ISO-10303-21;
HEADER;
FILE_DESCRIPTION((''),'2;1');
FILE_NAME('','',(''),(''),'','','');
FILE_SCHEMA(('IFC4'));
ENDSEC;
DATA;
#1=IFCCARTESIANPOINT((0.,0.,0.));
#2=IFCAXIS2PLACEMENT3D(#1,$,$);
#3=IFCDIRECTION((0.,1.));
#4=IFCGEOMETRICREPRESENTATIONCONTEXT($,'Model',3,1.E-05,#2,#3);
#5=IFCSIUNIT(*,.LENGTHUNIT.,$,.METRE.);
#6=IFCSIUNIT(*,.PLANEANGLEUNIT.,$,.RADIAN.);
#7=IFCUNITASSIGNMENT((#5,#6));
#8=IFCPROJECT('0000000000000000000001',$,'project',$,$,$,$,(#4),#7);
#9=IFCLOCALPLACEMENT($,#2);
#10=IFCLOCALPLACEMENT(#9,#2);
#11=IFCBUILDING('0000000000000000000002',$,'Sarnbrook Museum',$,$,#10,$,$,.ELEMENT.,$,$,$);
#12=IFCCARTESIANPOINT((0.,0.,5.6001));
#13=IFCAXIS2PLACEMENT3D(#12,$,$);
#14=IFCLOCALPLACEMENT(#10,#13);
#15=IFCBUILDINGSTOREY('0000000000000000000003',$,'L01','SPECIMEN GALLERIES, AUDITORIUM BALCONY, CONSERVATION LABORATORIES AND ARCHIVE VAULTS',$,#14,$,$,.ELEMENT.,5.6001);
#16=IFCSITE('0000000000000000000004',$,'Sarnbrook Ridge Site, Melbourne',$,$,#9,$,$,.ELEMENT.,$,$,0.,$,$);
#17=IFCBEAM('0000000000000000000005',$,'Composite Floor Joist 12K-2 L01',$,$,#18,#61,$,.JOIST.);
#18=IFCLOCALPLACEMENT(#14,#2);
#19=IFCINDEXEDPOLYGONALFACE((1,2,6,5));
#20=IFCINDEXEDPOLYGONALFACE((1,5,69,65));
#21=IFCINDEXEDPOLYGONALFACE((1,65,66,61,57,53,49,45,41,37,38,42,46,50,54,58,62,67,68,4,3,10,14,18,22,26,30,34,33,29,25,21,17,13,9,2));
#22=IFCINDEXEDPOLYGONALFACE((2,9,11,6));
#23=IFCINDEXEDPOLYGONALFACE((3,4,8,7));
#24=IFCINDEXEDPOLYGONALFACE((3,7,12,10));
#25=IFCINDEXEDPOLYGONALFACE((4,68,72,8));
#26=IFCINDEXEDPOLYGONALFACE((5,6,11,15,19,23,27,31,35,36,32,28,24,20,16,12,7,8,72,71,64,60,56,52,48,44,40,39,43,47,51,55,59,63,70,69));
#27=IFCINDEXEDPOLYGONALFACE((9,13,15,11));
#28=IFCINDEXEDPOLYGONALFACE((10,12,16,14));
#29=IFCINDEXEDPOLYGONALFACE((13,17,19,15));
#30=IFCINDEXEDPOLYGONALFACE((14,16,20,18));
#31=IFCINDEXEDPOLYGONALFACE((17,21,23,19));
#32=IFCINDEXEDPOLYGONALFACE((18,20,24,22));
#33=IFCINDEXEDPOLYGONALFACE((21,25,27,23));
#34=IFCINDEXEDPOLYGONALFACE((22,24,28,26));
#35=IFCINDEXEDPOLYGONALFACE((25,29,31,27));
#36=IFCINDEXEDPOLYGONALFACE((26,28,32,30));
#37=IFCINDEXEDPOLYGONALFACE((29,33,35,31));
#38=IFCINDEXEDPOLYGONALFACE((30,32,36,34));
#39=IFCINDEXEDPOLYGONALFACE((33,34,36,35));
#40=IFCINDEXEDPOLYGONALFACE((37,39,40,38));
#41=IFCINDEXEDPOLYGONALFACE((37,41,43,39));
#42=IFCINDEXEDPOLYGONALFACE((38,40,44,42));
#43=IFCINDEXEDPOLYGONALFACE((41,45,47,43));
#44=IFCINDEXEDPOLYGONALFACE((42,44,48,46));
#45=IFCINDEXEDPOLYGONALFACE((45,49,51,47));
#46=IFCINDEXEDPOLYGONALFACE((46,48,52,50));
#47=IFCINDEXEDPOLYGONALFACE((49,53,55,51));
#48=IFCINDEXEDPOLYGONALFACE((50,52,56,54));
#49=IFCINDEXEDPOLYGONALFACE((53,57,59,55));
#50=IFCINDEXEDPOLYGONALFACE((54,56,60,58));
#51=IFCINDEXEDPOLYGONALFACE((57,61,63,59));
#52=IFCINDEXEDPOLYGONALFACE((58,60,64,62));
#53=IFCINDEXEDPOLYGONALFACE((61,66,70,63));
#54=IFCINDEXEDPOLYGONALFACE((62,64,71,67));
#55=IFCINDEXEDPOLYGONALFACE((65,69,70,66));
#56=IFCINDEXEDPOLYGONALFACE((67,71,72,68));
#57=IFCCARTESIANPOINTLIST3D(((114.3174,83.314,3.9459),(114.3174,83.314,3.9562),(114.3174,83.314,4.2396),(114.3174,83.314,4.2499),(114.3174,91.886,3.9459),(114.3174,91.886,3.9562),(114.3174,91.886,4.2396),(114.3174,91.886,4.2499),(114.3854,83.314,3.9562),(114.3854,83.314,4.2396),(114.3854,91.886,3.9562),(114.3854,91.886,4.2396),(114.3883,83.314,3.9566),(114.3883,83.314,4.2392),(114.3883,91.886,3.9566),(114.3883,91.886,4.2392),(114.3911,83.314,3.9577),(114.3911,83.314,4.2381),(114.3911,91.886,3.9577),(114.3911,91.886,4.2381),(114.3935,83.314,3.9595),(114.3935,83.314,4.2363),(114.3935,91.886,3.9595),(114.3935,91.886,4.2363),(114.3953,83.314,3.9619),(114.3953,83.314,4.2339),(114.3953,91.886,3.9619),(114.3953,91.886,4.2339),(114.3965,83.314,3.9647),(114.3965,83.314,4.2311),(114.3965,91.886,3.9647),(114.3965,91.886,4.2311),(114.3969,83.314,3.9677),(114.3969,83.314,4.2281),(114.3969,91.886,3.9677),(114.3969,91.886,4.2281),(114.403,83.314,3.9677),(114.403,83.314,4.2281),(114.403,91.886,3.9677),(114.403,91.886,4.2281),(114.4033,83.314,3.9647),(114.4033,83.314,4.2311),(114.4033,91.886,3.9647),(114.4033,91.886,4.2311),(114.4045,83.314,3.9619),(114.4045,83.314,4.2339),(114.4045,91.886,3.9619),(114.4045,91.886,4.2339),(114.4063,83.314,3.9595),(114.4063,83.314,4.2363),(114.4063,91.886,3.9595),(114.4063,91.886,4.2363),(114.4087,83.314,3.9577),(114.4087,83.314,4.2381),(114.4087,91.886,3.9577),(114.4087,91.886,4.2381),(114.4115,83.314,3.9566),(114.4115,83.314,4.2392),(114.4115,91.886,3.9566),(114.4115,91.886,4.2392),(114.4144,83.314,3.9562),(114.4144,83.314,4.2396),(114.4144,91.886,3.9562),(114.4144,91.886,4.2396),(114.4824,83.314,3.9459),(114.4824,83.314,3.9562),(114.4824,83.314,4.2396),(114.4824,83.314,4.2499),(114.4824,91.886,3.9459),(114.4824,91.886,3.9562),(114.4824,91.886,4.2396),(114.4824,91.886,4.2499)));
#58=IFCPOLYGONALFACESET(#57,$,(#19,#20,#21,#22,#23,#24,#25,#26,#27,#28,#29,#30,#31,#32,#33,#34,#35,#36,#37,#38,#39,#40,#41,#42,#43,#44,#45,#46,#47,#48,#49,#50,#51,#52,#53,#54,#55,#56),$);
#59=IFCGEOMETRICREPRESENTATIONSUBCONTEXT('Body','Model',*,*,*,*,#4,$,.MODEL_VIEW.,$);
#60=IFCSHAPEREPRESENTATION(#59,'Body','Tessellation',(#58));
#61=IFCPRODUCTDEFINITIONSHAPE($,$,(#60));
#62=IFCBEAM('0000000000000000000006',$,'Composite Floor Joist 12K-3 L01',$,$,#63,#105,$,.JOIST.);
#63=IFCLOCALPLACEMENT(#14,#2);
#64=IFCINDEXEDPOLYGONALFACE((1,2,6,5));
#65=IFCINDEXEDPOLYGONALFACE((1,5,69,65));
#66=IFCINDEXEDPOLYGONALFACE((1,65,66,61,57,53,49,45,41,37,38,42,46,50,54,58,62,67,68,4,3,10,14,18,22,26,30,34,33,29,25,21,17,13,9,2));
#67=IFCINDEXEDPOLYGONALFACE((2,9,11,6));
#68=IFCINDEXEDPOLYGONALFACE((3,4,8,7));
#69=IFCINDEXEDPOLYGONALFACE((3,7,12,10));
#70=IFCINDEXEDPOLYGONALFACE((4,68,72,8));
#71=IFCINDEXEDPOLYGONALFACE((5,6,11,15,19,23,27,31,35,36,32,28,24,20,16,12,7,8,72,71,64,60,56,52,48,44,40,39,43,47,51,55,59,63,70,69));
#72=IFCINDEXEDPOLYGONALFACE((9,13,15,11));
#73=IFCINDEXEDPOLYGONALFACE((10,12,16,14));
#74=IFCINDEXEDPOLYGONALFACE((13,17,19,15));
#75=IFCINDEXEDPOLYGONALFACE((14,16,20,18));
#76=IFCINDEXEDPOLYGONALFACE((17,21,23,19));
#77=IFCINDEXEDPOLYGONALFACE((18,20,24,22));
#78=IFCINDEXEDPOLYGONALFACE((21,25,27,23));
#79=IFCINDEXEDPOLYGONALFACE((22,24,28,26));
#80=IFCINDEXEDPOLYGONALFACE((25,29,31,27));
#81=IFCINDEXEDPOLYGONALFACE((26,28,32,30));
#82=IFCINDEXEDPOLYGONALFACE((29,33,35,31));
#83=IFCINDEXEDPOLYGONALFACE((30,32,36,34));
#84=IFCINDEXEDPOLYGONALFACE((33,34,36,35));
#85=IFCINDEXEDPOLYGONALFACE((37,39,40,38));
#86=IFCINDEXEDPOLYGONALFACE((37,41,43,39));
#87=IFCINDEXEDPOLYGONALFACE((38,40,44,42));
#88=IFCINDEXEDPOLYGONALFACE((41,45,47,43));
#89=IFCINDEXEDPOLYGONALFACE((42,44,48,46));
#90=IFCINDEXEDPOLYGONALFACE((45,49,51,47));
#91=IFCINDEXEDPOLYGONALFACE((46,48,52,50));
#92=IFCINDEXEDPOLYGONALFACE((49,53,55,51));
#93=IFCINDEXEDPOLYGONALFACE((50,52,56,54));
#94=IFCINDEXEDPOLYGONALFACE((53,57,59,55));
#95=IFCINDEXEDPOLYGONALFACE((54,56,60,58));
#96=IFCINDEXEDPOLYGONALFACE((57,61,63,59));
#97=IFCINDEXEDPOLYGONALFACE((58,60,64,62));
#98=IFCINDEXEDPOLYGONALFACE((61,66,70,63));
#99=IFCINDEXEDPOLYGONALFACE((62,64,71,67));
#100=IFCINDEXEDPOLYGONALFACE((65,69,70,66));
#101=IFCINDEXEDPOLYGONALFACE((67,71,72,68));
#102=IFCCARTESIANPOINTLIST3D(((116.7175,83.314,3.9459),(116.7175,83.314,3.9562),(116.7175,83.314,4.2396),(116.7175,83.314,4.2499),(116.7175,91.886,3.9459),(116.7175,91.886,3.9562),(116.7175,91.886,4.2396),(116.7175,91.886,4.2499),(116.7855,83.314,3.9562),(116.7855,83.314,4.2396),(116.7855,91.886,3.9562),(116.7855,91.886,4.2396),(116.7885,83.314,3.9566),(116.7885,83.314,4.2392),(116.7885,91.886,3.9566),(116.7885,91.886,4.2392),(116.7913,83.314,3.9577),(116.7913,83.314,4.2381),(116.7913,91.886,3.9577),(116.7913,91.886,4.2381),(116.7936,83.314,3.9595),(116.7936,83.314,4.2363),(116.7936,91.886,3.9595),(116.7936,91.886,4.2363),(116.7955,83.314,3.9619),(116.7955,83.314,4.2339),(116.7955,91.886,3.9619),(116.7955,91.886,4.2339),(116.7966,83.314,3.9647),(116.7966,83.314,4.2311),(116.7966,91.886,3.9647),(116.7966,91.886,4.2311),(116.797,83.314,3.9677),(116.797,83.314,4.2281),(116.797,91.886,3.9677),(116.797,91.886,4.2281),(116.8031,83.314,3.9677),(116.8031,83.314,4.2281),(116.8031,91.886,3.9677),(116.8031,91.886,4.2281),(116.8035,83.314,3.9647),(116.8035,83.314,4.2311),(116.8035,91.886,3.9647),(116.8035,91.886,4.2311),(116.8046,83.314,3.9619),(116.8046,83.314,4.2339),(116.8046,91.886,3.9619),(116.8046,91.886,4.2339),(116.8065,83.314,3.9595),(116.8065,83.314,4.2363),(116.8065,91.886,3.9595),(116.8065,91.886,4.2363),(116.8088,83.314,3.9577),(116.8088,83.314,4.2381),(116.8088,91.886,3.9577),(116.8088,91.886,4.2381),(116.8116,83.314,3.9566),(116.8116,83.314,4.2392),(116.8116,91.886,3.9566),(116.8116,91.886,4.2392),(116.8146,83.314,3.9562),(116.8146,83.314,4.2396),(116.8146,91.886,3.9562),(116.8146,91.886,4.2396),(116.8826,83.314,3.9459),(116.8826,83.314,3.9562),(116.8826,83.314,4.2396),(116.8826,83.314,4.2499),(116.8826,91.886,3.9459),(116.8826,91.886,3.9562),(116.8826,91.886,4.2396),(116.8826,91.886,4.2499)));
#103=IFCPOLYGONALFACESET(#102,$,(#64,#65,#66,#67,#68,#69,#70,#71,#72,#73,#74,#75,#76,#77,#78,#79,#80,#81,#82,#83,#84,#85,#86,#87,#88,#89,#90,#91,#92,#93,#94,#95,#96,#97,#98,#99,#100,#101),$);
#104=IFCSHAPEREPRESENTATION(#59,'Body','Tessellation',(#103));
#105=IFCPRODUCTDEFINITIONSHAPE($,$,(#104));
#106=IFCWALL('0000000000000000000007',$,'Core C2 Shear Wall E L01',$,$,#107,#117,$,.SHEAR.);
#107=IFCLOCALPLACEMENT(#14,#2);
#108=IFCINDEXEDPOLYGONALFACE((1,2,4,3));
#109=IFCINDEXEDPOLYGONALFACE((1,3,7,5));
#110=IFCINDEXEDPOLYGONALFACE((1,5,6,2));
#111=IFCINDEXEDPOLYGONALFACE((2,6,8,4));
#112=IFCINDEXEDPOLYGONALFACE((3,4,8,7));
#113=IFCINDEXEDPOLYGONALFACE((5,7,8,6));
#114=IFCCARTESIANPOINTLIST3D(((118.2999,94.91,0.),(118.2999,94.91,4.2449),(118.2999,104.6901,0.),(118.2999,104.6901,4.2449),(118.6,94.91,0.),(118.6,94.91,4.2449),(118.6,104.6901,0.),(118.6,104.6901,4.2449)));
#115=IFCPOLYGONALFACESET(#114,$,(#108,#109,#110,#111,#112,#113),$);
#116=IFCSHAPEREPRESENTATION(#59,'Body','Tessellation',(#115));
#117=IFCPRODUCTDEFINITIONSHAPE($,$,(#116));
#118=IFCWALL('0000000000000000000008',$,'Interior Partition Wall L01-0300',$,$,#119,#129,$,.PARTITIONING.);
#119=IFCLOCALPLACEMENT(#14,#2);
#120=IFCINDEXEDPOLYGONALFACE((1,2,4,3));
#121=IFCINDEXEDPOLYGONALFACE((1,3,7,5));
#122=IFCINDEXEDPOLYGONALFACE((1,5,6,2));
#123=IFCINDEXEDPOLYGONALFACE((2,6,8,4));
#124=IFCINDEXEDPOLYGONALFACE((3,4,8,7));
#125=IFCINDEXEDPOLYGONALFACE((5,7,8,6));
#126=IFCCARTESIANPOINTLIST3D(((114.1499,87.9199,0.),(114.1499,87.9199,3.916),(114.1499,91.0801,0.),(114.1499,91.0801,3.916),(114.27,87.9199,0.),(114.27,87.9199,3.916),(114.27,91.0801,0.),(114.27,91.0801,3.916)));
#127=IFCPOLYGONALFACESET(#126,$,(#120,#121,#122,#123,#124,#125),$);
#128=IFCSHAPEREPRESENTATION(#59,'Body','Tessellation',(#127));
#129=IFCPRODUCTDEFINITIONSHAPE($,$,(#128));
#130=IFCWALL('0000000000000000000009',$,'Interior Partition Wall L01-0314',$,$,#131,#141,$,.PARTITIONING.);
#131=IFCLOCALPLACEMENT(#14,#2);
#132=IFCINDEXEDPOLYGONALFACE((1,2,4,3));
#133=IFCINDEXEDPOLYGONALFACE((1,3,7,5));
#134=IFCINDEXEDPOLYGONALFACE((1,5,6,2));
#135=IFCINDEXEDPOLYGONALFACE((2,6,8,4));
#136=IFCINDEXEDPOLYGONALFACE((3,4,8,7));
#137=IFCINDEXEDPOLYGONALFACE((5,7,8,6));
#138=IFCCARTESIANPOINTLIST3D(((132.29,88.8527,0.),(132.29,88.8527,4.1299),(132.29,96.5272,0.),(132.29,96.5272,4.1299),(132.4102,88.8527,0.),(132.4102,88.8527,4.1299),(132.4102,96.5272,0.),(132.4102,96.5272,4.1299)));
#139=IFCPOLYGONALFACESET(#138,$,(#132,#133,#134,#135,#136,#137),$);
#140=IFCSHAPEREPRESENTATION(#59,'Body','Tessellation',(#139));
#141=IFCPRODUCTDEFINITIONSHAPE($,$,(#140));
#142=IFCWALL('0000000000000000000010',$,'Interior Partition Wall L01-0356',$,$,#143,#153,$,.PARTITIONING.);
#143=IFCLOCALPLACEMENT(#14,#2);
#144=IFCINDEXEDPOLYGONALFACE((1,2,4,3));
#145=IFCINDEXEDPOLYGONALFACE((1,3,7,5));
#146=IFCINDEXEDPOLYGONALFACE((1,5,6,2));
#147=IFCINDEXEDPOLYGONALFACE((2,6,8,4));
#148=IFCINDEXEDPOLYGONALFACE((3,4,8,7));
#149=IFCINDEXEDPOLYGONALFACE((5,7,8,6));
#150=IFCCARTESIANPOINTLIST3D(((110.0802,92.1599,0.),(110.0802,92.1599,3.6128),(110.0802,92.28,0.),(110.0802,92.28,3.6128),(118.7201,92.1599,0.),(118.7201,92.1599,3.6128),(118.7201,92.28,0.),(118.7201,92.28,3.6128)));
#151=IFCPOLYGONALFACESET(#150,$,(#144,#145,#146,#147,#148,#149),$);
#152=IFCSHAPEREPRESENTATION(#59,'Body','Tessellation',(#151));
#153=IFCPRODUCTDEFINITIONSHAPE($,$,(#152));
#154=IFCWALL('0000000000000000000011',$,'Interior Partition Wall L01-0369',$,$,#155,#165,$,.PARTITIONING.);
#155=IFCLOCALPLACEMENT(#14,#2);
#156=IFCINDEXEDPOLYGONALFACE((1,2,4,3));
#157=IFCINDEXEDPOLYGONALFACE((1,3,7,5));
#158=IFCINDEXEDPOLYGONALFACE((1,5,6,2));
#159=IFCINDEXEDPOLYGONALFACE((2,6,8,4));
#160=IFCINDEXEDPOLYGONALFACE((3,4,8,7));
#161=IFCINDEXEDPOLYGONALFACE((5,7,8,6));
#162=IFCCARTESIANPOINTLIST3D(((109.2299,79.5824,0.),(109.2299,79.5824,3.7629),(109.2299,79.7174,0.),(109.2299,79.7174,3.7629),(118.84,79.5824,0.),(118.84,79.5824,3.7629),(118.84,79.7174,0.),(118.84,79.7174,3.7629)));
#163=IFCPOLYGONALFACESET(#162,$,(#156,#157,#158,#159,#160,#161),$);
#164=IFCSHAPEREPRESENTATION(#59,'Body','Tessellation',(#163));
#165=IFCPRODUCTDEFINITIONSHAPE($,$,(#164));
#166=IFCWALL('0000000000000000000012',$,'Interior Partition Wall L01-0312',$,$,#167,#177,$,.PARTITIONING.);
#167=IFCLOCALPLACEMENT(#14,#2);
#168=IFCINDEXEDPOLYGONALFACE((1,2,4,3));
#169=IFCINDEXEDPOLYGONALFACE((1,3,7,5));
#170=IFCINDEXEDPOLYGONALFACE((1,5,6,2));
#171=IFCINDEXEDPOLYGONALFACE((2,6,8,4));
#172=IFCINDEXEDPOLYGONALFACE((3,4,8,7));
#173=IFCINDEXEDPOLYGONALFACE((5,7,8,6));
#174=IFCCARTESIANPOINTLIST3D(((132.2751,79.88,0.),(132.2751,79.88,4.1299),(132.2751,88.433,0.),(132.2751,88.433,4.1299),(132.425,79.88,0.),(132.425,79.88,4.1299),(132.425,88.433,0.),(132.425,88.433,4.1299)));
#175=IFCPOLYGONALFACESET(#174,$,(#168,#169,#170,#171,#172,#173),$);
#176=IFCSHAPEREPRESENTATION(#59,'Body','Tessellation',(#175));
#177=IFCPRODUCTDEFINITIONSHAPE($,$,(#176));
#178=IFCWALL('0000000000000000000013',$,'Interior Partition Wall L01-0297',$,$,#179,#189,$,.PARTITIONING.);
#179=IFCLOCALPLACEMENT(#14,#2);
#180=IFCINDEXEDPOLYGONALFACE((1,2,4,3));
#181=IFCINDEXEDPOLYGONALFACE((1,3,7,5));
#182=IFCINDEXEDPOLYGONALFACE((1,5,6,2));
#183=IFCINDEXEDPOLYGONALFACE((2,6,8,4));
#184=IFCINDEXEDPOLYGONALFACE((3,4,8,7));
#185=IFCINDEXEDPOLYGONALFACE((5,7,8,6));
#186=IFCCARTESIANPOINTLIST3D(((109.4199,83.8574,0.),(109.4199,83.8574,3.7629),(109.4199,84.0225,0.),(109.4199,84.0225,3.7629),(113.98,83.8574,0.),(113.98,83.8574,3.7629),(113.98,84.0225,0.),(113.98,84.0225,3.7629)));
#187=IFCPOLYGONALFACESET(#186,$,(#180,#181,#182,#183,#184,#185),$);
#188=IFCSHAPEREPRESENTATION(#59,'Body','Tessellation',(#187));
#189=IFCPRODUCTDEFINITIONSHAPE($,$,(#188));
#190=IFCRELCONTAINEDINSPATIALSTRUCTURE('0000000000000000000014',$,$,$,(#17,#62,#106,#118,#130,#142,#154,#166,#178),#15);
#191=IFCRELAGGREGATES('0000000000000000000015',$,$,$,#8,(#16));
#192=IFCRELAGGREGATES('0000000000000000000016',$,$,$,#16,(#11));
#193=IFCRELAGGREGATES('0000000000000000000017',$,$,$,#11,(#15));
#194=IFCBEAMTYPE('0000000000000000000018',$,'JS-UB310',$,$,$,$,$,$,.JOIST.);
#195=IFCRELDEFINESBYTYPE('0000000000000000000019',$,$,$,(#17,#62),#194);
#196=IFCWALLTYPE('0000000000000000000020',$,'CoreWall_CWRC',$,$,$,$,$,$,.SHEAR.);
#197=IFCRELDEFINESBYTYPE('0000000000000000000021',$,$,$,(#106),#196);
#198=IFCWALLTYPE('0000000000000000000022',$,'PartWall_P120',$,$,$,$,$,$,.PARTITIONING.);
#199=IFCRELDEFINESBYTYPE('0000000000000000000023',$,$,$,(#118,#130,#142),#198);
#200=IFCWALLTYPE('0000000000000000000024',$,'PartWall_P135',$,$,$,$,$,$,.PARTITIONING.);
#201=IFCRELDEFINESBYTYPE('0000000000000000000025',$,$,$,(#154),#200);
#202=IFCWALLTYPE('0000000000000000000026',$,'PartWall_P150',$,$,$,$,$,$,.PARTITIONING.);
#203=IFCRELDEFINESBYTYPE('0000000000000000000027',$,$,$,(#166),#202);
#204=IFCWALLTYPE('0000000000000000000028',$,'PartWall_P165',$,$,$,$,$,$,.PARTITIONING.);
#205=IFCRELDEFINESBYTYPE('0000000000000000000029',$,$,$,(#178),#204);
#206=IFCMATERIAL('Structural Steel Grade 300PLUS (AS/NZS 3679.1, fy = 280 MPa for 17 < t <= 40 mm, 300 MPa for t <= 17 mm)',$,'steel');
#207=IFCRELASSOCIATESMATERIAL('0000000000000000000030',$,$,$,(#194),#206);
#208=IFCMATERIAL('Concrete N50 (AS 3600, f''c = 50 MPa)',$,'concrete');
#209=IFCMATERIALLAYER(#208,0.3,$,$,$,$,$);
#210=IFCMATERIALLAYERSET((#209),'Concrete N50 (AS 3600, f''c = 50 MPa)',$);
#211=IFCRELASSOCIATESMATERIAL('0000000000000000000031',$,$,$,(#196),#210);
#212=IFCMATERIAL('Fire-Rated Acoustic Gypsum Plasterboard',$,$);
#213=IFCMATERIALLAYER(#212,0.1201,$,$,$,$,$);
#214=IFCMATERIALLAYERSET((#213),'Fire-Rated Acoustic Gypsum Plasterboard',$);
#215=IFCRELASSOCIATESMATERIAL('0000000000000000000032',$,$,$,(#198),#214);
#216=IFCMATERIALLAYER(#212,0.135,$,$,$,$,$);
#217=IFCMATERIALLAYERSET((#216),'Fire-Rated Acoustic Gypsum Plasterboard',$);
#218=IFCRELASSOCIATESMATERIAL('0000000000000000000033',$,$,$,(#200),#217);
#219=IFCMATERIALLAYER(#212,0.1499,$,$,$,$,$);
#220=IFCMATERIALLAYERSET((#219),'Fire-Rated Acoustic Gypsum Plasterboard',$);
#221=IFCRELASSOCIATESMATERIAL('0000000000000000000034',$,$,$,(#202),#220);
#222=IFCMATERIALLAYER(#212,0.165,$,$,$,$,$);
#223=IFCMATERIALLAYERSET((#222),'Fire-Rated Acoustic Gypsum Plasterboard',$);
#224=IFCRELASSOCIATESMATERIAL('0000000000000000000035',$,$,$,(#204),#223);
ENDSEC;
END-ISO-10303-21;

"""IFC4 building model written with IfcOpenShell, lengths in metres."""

from ifc_helpers import new_model, si_unit, direction, frame, frame_2d, origin, origin_2d, place, context, subcontext, project, spatial, rectangle, i_section, extrude, material, layer, layer_set, material_profile, profile_set, type_object, element, save


model = new_model("IFC4")

# Units and contexts
model_context = context("Model", 3, precision=1e-05, world=origin(), true_north=direction((0.0, 1.0)))
body_context = subcontext(model_context, "Body", "Model", "MODEL_VIEW")
ifc_project = project(units=[si_unit("LENGTHUNIT", "METRE"), si_unit("PLANEANGLEUNIT", "RADIAN")], contexts=[model_context])

# Site, building, storey
site_placement = place(None, origin())
site = spatial("IfcSite", under=ifc_project, at=site_placement, Name="Sarnbrook Ridge Site, Melbourne", CompositionType="ELEMENT", RefElevation=0.0)
building_placement = place(site_placement, origin())
building = spatial("IfcBuilding", under=site, at=building_placement, Name="Sarnbrook Museum", CompositionType="ELEMENT")
storey_placement = place(building_placement, frame((0.0, 0.0, 5.6001)))
storey = spatial("IfcBuildingStorey", under=building, at=storey_placement, Name="L01", Description="SPECIMEN GALLERIES, AUDITORIUM BALCONY, CONSERVATION LABORATORIES AND ARCHIVE VAULTS", CompositionType="ELEMENT", Elevation=5.6001)

# Beams
ifc_material_1 = material(Name="Structural Steel Grade 300PLUS (AS/NZS 3679.1, fy = 280 MPa for 17 < t <= 40 mm, 300 MPa for t <= 17 mm)", Category="steel")
ifc_material_profile_1 = material_profile(ifc_material_1, i_section(OverallWidth=0.165, OverallDepth=0.304, WebThickness=0.0061, FlangeThickness=0.0103, FilletRadius=0.0115, at=origin_2d()), Name="310UB40.4")
ifc_profile_set_1 = profile_set([ifc_material_profile_1], Name="Structural Steel Grade 300PLUS (AS/NZS 3679.1, fy = 280 MPa for 17 < t <= 40 mm, 300 MPa for t <= 17 mm)")
beam_type_1 = type_object("IfcBeamType", Name="JS-UB310", PredefinedType="JOIST", material=ifc_profile_set_1)
for number, where, z_axis, x_axis, name in (
    (1, (114.3999, 83.314, 4.0979), (0.0, 1.0, 0.0), (-1.0, 0.0, 0.0), "Composite Floor Joist 12K-2 L01"),
    (2, (116.8, 83.314, 4.0979), (0.0, 1.0, 0.0), (-1.0, 0.0, 0.0), "Composite Floor Joist 12K-3 L01"),
):
    element("IfcBeam", number, at=place(storey_placement, frame(where, z_axis=z_axis, x_axis=x_axis)), inside=storey, type_object=beam_type_1, Name=name, PredefinedType="JOIST", context=body_context, shape_type="SweptSolid", body=[
        extrude(i_section(OverallWidth=0.165, OverallDepth=0.304, WebThickness=0.0061, FlangeThickness=0.0103, FilletRadius=0.0115, at=origin_2d()), origin(), (0.0, 0.0, 1.0), 8.572),
    ])

# Walls
ifc_material_2 = material(Name="Concrete N50 (AS 3600, f'c = 50 MPa)", Category="concrete")
ifc_layer_1 = layer(ifc_material_2, 0.3)
ifc_layer_set_1 = layer_set([ifc_layer_1], Name="Concrete N50 (AS 3600, f'c = 50 MPa)")
wall_type_1 = type_object("IfcWallType", Name="CoreWall_CWRC", PredefinedType="SHEAR", material=ifc_layer_set_1)
wall_1_placement = place(storey_placement, frame((118.45, 94.9099, 0.0), z_axis=(0.0, 0.0, 1.0), x_axis=(0.0, 1.0, 0.0)))
element("IfcWall", 3, at=wall_1_placement, inside=storey, type_object=wall_type_1, Name="Core C2 Shear Wall E L01", PredefinedType="SHEAR", context=body_context, shape_type="SweptSolid", body=[
    extrude(rectangle(XDim=9.78, YDim=0.3, at=frame_2d((4.8901, 0.0))), origin(), (0.0, 0.0, 1.0), 4.2449),
])
ifc_material_3 = material(Name="Fire-Rated Acoustic Gypsum Plasterboard")
ifc_layer_2 = layer(ifc_material_3, 0.1201)
ifc_layer_set_2 = layer_set([ifc_layer_2], Name="Fire-Rated Acoustic Gypsum Plasterboard")
wall_type_2 = type_object("IfcWallType", Name="PartWall_P120", PredefinedType="PARTITIONING", material=ifc_layer_set_2)
wall_2_placement = place(storey_placement, frame((114.21, 91.0801, 0.0), z_axis=(0.0, 0.0, 1.0), x_axis=(0.0, -1.0, 0.0)))
element("IfcWall", 4, at=wall_2_placement, inside=storey, type_object=wall_type_2, Name="Interior Partition Wall L01-0300", PredefinedType="PARTITIONING", context=body_context, shape_type="SweptSolid", body=[
    extrude(rectangle(XDim=3.1602, YDim=0.1201, at=frame_2d((1.5801, 0.0))), origin(), (0.0, 0.0, 1.0), 3.916),
])
wall_3_placement = place(storey_placement, frame((132.3501, 96.5273, 0.0), z_axis=(0.0, 0.0, 1.0), x_axis=(0.0, -1.0, 0.0)))
element("IfcWall", 5, at=wall_3_placement, inside=storey, type_object=wall_type_2, Name="Interior Partition Wall L01-0314", PredefinedType="PARTITIONING", context=body_context, shape_type="SweptSolid", body=[
    extrude(rectangle(XDim=7.6746, YDim=0.1201, at=frame_2d((3.8374, 0.0))), origin(), (0.0, 0.0, 1.0), 4.1299),
])
wall_4_placement = place(storey_placement, frame((118.72, 92.22, 0.0), z_axis=(0.0, 0.0, 1.0), x_axis=(-1.0, 0.0, 0.0)))
element("IfcWall", 6, at=wall_4_placement, inside=storey, type_object=wall_type_2, Name="Interior Partition Wall L01-0356", PredefinedType="PARTITIONING", context=body_context, shape_type="SweptSolid", body=[
    extrude(rectangle(XDim=8.6399, YDim=0.1201, at=frame_2d((4.3198, 0.0))), origin(), (0.0, 0.0, 1.0), 3.6128),
])
ifc_layer_3 = layer(ifc_material_3, 0.135)
ifc_layer_set_3 = layer_set([ifc_layer_3], Name="Fire-Rated Acoustic Gypsum Plasterboard")
wall_type_3 = type_object("IfcWallType", Name="PartWall_P135", PredefinedType="PARTITIONING", material=ifc_layer_set_3)
wall_5_placement = place(storey_placement, frame((118.8401, 79.6499, 0.0), z_axis=(0.0, 0.0, 1.0), x_axis=(-1.0, 0.0, 0.0)))
element("IfcWall", 7, at=wall_5_placement, inside=storey, type_object=wall_type_3, Name="Interior Partition Wall L01-0369", PredefinedType="PARTITIONING", context=body_context, shape_type="SweptSolid", body=[
    extrude(rectangle(XDim=9.6101, YDim=0.135, at=frame_2d((4.8052, 0.0))), origin(), (0.0, 0.0, 1.0), 3.7629),
])
ifc_layer_4 = layer(ifc_material_3, 0.1499)
ifc_layer_set_4 = layer_set([ifc_layer_4], Name="Fire-Rated Acoustic Gypsum Plasterboard")
wall_type_4 = type_object("IfcWallType", Name="PartWall_P150", PredefinedType="PARTITIONING", material=ifc_layer_set_4)
wall_6_placement = place(storey_placement, frame((132.3501, 88.4329, 0.0), z_axis=(0.0, 0.0, 1.0), x_axis=(0.0, -1.0, 0.0)))
element("IfcWall", 8, at=wall_6_placement, inside=storey, type_object=wall_type_4, Name="Interior Partition Wall L01-0312", PredefinedType="PARTITIONING", context=body_context, shape_type="SweptSolid", body=[
    extrude(rectangle(XDim=8.553, YDim=0.1499, at=frame_2d((4.2764, 0.0))), origin(), (0.0, 0.0, 1.0), 4.1299),
])
ifc_layer_5 = layer(ifc_material_3, 0.165)
ifc_layer_set_5 = layer_set([ifc_layer_5], Name="Fire-Rated Acoustic Gypsum Plasterboard")
wall_type_5 = type_object("IfcWallType", Name="PartWall_P165", PredefinedType="PARTITIONING", material=ifc_layer_set_5)
wall_7_placement = place(storey_placement, frame((113.98, 83.9399, 0.0), z_axis=(0.0, 0.0, 1.0), x_axis=(-1.0, 0.0, 0.0)))
element("IfcWall", 9, at=wall_7_placement, inside=storey, type_object=wall_type_5, Name="Interior Partition Wall L01-0297", PredefinedType="PARTITIONING", context=body_context, shape_type="SweptSolid", body=[
    extrude(rectangle(XDim=4.5601, YDim=0.165, at=frame_2d((2.28, 0.0))), origin(), (0.0, 0.0, 1.0), 3.7629),
])

save(model, "model.ifc")
